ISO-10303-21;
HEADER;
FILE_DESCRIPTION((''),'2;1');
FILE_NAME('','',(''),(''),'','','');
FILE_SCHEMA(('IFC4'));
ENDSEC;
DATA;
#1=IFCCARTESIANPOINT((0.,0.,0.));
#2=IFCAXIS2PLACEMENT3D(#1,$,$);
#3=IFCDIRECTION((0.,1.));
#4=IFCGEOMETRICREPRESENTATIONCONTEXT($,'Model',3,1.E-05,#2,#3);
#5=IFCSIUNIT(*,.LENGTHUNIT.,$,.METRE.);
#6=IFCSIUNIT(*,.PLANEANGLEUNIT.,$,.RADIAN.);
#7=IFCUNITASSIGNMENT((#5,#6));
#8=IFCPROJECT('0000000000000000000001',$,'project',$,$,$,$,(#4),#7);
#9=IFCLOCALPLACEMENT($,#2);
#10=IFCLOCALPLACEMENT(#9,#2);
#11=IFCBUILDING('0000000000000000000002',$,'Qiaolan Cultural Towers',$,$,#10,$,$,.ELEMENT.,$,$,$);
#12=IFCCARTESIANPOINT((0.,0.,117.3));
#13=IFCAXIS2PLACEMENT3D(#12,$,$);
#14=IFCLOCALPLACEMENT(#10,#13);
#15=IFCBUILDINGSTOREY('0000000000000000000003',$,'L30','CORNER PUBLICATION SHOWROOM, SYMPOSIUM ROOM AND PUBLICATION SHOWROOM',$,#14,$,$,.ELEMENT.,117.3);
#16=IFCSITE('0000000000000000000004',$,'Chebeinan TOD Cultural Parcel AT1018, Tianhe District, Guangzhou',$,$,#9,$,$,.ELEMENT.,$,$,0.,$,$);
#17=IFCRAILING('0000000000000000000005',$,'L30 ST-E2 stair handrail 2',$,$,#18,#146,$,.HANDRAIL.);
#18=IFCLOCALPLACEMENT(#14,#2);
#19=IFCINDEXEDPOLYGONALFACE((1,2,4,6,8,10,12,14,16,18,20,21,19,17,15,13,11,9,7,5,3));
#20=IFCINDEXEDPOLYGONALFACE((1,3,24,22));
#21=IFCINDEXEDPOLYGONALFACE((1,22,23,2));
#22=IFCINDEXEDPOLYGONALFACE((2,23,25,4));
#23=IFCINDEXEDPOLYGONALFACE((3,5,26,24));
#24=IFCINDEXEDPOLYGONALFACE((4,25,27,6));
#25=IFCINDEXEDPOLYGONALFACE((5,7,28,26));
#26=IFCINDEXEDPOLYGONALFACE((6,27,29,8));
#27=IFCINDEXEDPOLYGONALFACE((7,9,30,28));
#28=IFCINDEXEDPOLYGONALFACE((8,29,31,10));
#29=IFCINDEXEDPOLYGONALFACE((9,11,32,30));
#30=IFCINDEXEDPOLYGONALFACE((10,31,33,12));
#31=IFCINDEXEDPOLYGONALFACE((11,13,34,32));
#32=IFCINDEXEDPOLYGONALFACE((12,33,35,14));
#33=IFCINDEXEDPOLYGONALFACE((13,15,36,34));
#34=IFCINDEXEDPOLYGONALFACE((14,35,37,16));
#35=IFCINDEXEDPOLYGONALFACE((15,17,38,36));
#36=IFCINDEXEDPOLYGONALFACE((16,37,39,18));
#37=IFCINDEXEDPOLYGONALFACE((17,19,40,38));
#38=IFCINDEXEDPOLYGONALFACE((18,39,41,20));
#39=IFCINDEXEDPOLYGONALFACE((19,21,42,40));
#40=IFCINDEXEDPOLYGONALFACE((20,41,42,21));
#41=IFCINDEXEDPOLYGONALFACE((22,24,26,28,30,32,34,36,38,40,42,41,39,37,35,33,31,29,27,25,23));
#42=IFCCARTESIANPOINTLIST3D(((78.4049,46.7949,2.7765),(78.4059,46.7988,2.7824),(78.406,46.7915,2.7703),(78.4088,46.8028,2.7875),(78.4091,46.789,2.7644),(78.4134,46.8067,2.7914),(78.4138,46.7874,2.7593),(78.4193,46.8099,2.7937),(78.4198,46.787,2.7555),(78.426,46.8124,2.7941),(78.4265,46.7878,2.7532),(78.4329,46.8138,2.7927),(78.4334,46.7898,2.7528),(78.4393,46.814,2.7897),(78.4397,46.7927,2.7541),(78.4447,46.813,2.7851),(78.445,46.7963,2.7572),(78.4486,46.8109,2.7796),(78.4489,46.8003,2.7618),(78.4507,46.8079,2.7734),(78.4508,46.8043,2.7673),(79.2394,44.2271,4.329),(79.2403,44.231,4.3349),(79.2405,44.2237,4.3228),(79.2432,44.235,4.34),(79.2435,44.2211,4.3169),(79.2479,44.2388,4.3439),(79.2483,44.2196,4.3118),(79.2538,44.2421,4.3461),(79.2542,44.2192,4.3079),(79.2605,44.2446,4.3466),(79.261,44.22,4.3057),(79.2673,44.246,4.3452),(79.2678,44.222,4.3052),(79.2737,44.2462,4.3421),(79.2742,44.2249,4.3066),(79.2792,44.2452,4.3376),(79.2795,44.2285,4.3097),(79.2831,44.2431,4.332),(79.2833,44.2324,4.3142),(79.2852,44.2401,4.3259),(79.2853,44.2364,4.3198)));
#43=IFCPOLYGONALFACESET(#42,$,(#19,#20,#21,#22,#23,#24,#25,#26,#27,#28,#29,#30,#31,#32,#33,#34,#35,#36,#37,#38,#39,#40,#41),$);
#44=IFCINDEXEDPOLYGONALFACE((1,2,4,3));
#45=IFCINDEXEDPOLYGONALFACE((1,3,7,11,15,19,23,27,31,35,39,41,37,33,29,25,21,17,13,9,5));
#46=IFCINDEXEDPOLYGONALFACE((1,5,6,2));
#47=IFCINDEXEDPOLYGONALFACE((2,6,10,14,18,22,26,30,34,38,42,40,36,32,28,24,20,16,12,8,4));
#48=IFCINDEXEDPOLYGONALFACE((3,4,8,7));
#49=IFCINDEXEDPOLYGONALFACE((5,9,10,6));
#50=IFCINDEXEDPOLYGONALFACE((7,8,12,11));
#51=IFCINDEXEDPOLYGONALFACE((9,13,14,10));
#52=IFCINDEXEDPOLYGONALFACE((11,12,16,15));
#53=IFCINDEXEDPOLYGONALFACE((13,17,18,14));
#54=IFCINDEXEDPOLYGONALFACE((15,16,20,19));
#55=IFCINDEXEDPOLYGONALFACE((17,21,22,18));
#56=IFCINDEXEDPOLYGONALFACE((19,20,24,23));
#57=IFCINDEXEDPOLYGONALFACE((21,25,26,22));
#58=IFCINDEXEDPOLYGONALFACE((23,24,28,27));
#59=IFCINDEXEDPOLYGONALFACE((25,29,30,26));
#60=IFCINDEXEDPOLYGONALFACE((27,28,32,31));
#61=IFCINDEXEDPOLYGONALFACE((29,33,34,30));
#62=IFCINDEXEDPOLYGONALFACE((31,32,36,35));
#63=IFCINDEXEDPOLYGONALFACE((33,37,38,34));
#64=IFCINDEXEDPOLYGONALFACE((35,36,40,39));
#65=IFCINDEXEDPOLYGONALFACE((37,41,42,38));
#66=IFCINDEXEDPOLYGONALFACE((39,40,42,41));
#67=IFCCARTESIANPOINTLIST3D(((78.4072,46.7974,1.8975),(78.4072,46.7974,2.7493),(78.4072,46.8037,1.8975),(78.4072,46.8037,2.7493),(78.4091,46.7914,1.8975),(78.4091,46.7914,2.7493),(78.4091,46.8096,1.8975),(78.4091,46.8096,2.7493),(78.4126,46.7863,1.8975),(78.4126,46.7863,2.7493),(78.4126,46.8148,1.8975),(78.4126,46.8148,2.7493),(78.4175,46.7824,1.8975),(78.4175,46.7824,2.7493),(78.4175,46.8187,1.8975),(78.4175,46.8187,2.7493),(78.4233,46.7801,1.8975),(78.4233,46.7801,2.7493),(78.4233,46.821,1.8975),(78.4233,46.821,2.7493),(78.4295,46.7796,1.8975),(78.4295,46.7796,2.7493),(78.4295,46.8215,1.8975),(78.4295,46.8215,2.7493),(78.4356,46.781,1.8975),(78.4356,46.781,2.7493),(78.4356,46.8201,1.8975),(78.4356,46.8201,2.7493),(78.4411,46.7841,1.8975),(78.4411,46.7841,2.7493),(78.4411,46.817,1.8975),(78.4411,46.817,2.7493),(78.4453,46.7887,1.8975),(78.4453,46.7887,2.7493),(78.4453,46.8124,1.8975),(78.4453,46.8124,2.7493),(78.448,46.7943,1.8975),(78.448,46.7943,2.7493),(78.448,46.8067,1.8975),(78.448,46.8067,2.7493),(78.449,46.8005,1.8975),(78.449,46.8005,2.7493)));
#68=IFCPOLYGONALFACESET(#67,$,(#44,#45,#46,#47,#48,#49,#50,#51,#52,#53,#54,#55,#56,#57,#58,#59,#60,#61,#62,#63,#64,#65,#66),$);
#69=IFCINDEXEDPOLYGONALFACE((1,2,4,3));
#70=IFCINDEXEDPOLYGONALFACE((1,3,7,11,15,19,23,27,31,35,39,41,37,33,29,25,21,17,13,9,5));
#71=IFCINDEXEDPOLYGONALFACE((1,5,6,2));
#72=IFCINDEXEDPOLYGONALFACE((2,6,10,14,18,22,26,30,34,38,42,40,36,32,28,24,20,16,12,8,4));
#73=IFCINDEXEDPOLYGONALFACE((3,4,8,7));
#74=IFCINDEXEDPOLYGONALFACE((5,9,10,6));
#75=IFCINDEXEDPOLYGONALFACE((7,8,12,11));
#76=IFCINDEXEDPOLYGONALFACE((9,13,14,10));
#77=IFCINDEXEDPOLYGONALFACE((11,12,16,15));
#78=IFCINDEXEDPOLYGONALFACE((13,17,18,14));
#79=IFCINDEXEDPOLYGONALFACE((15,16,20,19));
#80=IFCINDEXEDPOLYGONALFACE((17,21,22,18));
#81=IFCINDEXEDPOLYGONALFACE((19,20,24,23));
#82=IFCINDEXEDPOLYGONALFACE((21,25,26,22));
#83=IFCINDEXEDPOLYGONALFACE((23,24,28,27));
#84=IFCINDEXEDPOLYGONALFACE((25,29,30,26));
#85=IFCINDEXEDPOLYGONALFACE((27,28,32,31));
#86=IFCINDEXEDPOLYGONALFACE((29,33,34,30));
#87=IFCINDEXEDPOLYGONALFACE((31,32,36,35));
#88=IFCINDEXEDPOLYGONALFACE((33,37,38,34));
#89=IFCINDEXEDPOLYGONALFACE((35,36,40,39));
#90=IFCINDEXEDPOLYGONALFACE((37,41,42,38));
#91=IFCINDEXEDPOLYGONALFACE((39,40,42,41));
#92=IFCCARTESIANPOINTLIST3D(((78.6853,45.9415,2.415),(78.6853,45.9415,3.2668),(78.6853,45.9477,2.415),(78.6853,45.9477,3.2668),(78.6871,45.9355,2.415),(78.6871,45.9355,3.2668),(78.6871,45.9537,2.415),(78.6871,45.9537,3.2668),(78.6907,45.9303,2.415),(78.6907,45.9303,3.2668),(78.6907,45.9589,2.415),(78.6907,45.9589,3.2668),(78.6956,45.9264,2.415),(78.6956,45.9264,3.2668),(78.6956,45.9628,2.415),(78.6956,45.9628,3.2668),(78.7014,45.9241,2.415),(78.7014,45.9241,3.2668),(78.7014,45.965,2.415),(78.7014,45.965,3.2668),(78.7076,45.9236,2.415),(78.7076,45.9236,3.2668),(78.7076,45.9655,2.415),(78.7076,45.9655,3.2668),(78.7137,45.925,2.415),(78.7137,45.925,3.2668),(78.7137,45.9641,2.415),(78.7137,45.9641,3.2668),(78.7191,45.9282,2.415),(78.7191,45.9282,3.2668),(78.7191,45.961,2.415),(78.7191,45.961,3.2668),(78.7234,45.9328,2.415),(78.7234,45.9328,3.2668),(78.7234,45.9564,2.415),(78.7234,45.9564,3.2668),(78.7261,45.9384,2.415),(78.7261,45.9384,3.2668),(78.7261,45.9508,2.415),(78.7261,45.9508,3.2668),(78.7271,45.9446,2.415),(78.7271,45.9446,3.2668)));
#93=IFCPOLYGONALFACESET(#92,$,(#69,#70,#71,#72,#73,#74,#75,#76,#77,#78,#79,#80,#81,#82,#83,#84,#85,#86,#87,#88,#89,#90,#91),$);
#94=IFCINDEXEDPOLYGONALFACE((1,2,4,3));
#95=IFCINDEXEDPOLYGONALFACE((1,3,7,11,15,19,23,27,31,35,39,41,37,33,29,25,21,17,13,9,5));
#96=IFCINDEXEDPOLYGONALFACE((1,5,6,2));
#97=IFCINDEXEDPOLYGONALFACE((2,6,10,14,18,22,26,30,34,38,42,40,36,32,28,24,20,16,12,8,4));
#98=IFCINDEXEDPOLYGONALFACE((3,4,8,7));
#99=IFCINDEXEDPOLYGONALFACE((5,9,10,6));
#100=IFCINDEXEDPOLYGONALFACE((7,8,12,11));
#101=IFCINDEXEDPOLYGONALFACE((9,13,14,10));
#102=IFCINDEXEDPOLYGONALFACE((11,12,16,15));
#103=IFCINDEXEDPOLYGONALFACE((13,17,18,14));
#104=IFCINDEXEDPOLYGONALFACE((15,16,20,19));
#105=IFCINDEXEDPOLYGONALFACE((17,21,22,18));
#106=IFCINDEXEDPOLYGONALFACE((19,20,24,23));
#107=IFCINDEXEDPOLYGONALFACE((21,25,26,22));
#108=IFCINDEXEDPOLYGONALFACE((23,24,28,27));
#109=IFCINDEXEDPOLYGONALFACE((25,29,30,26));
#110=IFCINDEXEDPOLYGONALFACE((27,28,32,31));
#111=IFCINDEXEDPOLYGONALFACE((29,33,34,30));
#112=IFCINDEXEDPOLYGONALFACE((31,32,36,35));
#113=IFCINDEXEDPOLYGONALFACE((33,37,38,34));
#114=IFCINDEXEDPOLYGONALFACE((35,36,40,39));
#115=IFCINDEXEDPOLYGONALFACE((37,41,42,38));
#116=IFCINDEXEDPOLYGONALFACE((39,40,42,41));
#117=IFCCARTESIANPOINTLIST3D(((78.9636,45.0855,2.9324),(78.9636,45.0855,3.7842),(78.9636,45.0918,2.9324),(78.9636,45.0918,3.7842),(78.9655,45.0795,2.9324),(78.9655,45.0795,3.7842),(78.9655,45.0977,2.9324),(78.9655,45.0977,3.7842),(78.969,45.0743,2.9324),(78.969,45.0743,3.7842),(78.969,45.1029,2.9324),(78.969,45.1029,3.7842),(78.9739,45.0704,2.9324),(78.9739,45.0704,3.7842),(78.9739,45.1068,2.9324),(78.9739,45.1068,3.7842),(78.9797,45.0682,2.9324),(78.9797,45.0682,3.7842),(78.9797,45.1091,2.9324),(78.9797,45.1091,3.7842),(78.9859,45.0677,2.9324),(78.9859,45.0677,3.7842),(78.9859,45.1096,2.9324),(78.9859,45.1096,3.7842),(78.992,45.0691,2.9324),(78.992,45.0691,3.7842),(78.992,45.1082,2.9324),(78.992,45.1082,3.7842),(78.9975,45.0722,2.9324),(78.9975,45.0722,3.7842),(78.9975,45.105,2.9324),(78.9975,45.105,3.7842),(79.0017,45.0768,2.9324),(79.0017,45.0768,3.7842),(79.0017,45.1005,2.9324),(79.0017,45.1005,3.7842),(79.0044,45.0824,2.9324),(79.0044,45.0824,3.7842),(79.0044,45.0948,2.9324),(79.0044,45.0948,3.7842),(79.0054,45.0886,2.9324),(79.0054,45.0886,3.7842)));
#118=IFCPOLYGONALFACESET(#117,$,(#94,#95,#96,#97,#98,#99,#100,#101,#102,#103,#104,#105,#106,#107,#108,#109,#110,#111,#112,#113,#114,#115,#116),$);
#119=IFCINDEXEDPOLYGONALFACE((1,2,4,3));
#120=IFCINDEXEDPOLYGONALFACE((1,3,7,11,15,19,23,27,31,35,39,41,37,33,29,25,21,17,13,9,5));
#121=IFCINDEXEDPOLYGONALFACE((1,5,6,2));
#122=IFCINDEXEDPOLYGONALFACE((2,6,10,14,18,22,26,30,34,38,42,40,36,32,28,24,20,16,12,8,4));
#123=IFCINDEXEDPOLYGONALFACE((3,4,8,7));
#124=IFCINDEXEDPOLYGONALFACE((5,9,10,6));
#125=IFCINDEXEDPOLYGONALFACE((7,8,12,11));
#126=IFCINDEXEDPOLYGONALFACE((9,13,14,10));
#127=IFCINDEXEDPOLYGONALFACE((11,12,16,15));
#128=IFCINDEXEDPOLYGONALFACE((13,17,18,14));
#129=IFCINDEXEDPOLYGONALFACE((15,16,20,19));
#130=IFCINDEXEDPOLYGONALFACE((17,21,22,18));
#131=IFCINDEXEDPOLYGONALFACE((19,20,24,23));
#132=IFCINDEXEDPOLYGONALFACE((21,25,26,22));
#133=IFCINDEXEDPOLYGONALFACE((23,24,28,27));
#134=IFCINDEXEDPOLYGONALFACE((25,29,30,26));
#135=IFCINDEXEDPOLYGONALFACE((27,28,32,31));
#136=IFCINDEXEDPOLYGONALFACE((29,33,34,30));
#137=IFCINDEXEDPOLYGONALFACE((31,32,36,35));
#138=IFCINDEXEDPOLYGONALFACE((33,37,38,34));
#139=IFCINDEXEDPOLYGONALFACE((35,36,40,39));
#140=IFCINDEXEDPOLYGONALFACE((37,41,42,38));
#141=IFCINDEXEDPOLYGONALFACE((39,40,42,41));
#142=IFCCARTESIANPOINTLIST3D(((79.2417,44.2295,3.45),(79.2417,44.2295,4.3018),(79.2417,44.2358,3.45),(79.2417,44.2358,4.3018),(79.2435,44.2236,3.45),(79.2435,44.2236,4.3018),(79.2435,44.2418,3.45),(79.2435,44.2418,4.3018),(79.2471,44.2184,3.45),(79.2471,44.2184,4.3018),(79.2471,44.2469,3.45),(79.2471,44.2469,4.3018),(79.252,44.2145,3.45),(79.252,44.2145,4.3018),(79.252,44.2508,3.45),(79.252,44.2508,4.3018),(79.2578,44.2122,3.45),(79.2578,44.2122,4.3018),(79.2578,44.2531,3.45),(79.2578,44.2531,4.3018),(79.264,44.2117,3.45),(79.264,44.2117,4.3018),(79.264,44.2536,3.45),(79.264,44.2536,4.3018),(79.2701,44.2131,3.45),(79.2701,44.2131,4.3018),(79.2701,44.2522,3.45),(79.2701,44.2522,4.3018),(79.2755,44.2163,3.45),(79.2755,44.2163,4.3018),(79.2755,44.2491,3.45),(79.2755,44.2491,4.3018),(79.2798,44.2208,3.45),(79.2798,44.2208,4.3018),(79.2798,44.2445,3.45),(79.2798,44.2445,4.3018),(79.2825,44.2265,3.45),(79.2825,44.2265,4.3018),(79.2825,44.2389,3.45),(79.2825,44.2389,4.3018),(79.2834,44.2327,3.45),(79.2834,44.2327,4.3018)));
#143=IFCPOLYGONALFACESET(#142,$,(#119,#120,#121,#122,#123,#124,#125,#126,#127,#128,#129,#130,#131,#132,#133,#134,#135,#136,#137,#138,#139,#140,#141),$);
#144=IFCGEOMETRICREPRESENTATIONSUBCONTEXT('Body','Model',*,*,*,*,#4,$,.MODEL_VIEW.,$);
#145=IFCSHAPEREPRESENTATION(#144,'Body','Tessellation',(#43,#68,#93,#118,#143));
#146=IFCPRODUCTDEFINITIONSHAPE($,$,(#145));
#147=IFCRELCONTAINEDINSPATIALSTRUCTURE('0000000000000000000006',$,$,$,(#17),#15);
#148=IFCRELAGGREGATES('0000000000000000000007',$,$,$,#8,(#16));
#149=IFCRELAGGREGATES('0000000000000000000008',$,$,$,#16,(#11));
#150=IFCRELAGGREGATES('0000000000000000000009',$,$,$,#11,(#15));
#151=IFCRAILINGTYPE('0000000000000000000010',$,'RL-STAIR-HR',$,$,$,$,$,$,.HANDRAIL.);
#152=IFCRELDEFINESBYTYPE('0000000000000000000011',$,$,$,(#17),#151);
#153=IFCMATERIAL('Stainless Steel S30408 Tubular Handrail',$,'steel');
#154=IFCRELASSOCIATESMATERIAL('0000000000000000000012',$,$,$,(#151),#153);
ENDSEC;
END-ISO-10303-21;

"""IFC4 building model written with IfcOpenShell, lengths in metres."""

from ifc_helpers import new_model, si_unit, direction, frame, origin, origin_2d, place, context, subcontext, project, spatial, circle, extrude, material, type_object, element, save


model = new_model("IFC4")

# Units and contexts
model_context = context("Model", 3, precision=1e-05, world=origin(), true_north=direction((0.0, 1.0)))
body_context = subcontext(model_context, "Body", "Model", "MODEL_VIEW")
ifc_project = project(units=[si_unit("LENGTHUNIT", "METRE"), si_unit("PLANEANGLEUNIT", "RADIAN")], contexts=[model_context])

# Site, building, storey
site_placement = place(None, origin())
site = spatial("IfcSite", under=ifc_project, at=site_placement, Name="Chebeinan TOD Cultural Parcel AT1018, Tianhe District, Guangzhou", CompositionType="ELEMENT", RefElevation=0.0)
building_placement = place(site_placement, origin())
building = spatial("IfcBuilding", under=site, at=building_placement, Name="Qiaolan Cultural Towers", CompositionType="ELEMENT")
storey_placement = place(building_placement, frame((0.0, 0.0, 117.3)))
storey = spatial("IfcBuildingStorey", under=building, at=storey_placement, Name="L30", Description="CORNER PUBLICATION SHOWROOM, SYMPOSIUM ROOM AND PUBLICATION SHOWROOM", CompositionType="ELEMENT", Elevation=117.3)

# Railing
ifc_material_1 = material(Name="Stainless Steel S30408 Tubular Handrail", Category="steel")
railing_type_1 = type_object("IfcRailingType", Name="RL-STAIR-HR", PredefinedType="HANDRAIL", material=ifc_material_1)
railing_1_placement = place(storey_placement, frame((78.428, 46.8005, 1.8975)))
element("IfcRailing", 1, at=railing_1_placement, inside=storey, type_object=railing_type_1, Name="L30 ST-E2 stair handrail 2", PredefinedType="HANDRAIL", context=body_context, shape_type="SweptSolid", body=[
    extrude(circle(Radius=0.0239, at=origin_2d()), frame((0.0, 0.0, 0.876), z_axis=(0.267926, -0.824471, 0.498461), x_axis=(0.951043, 0.309057, 0.0)), (0.0, 0.0, 1.0), 3.1145),
    extrude(circle(Radius=0.021, at=origin_2d()), origin(), (0.0, 0.0, 1.0), 0.8518),
    extrude(circle(Radius=0.021, at=origin_2d()), frame((0.2781, -0.856, 0.5176)), (0.0, 0.0, 1.0), 0.8518),
    extrude(circle(Radius=0.021, at=origin_2d()), frame((0.5564, -1.7119, 1.0349)), (0.0, 0.0, 1.0), 0.8518),
    extrude(circle(Radius=0.021, at=origin_2d()), frame((0.8345, -2.5679, 1.5525)), (0.0, 0.0, 1.0), 0.8518),
])

save(model, "model.ifc")
